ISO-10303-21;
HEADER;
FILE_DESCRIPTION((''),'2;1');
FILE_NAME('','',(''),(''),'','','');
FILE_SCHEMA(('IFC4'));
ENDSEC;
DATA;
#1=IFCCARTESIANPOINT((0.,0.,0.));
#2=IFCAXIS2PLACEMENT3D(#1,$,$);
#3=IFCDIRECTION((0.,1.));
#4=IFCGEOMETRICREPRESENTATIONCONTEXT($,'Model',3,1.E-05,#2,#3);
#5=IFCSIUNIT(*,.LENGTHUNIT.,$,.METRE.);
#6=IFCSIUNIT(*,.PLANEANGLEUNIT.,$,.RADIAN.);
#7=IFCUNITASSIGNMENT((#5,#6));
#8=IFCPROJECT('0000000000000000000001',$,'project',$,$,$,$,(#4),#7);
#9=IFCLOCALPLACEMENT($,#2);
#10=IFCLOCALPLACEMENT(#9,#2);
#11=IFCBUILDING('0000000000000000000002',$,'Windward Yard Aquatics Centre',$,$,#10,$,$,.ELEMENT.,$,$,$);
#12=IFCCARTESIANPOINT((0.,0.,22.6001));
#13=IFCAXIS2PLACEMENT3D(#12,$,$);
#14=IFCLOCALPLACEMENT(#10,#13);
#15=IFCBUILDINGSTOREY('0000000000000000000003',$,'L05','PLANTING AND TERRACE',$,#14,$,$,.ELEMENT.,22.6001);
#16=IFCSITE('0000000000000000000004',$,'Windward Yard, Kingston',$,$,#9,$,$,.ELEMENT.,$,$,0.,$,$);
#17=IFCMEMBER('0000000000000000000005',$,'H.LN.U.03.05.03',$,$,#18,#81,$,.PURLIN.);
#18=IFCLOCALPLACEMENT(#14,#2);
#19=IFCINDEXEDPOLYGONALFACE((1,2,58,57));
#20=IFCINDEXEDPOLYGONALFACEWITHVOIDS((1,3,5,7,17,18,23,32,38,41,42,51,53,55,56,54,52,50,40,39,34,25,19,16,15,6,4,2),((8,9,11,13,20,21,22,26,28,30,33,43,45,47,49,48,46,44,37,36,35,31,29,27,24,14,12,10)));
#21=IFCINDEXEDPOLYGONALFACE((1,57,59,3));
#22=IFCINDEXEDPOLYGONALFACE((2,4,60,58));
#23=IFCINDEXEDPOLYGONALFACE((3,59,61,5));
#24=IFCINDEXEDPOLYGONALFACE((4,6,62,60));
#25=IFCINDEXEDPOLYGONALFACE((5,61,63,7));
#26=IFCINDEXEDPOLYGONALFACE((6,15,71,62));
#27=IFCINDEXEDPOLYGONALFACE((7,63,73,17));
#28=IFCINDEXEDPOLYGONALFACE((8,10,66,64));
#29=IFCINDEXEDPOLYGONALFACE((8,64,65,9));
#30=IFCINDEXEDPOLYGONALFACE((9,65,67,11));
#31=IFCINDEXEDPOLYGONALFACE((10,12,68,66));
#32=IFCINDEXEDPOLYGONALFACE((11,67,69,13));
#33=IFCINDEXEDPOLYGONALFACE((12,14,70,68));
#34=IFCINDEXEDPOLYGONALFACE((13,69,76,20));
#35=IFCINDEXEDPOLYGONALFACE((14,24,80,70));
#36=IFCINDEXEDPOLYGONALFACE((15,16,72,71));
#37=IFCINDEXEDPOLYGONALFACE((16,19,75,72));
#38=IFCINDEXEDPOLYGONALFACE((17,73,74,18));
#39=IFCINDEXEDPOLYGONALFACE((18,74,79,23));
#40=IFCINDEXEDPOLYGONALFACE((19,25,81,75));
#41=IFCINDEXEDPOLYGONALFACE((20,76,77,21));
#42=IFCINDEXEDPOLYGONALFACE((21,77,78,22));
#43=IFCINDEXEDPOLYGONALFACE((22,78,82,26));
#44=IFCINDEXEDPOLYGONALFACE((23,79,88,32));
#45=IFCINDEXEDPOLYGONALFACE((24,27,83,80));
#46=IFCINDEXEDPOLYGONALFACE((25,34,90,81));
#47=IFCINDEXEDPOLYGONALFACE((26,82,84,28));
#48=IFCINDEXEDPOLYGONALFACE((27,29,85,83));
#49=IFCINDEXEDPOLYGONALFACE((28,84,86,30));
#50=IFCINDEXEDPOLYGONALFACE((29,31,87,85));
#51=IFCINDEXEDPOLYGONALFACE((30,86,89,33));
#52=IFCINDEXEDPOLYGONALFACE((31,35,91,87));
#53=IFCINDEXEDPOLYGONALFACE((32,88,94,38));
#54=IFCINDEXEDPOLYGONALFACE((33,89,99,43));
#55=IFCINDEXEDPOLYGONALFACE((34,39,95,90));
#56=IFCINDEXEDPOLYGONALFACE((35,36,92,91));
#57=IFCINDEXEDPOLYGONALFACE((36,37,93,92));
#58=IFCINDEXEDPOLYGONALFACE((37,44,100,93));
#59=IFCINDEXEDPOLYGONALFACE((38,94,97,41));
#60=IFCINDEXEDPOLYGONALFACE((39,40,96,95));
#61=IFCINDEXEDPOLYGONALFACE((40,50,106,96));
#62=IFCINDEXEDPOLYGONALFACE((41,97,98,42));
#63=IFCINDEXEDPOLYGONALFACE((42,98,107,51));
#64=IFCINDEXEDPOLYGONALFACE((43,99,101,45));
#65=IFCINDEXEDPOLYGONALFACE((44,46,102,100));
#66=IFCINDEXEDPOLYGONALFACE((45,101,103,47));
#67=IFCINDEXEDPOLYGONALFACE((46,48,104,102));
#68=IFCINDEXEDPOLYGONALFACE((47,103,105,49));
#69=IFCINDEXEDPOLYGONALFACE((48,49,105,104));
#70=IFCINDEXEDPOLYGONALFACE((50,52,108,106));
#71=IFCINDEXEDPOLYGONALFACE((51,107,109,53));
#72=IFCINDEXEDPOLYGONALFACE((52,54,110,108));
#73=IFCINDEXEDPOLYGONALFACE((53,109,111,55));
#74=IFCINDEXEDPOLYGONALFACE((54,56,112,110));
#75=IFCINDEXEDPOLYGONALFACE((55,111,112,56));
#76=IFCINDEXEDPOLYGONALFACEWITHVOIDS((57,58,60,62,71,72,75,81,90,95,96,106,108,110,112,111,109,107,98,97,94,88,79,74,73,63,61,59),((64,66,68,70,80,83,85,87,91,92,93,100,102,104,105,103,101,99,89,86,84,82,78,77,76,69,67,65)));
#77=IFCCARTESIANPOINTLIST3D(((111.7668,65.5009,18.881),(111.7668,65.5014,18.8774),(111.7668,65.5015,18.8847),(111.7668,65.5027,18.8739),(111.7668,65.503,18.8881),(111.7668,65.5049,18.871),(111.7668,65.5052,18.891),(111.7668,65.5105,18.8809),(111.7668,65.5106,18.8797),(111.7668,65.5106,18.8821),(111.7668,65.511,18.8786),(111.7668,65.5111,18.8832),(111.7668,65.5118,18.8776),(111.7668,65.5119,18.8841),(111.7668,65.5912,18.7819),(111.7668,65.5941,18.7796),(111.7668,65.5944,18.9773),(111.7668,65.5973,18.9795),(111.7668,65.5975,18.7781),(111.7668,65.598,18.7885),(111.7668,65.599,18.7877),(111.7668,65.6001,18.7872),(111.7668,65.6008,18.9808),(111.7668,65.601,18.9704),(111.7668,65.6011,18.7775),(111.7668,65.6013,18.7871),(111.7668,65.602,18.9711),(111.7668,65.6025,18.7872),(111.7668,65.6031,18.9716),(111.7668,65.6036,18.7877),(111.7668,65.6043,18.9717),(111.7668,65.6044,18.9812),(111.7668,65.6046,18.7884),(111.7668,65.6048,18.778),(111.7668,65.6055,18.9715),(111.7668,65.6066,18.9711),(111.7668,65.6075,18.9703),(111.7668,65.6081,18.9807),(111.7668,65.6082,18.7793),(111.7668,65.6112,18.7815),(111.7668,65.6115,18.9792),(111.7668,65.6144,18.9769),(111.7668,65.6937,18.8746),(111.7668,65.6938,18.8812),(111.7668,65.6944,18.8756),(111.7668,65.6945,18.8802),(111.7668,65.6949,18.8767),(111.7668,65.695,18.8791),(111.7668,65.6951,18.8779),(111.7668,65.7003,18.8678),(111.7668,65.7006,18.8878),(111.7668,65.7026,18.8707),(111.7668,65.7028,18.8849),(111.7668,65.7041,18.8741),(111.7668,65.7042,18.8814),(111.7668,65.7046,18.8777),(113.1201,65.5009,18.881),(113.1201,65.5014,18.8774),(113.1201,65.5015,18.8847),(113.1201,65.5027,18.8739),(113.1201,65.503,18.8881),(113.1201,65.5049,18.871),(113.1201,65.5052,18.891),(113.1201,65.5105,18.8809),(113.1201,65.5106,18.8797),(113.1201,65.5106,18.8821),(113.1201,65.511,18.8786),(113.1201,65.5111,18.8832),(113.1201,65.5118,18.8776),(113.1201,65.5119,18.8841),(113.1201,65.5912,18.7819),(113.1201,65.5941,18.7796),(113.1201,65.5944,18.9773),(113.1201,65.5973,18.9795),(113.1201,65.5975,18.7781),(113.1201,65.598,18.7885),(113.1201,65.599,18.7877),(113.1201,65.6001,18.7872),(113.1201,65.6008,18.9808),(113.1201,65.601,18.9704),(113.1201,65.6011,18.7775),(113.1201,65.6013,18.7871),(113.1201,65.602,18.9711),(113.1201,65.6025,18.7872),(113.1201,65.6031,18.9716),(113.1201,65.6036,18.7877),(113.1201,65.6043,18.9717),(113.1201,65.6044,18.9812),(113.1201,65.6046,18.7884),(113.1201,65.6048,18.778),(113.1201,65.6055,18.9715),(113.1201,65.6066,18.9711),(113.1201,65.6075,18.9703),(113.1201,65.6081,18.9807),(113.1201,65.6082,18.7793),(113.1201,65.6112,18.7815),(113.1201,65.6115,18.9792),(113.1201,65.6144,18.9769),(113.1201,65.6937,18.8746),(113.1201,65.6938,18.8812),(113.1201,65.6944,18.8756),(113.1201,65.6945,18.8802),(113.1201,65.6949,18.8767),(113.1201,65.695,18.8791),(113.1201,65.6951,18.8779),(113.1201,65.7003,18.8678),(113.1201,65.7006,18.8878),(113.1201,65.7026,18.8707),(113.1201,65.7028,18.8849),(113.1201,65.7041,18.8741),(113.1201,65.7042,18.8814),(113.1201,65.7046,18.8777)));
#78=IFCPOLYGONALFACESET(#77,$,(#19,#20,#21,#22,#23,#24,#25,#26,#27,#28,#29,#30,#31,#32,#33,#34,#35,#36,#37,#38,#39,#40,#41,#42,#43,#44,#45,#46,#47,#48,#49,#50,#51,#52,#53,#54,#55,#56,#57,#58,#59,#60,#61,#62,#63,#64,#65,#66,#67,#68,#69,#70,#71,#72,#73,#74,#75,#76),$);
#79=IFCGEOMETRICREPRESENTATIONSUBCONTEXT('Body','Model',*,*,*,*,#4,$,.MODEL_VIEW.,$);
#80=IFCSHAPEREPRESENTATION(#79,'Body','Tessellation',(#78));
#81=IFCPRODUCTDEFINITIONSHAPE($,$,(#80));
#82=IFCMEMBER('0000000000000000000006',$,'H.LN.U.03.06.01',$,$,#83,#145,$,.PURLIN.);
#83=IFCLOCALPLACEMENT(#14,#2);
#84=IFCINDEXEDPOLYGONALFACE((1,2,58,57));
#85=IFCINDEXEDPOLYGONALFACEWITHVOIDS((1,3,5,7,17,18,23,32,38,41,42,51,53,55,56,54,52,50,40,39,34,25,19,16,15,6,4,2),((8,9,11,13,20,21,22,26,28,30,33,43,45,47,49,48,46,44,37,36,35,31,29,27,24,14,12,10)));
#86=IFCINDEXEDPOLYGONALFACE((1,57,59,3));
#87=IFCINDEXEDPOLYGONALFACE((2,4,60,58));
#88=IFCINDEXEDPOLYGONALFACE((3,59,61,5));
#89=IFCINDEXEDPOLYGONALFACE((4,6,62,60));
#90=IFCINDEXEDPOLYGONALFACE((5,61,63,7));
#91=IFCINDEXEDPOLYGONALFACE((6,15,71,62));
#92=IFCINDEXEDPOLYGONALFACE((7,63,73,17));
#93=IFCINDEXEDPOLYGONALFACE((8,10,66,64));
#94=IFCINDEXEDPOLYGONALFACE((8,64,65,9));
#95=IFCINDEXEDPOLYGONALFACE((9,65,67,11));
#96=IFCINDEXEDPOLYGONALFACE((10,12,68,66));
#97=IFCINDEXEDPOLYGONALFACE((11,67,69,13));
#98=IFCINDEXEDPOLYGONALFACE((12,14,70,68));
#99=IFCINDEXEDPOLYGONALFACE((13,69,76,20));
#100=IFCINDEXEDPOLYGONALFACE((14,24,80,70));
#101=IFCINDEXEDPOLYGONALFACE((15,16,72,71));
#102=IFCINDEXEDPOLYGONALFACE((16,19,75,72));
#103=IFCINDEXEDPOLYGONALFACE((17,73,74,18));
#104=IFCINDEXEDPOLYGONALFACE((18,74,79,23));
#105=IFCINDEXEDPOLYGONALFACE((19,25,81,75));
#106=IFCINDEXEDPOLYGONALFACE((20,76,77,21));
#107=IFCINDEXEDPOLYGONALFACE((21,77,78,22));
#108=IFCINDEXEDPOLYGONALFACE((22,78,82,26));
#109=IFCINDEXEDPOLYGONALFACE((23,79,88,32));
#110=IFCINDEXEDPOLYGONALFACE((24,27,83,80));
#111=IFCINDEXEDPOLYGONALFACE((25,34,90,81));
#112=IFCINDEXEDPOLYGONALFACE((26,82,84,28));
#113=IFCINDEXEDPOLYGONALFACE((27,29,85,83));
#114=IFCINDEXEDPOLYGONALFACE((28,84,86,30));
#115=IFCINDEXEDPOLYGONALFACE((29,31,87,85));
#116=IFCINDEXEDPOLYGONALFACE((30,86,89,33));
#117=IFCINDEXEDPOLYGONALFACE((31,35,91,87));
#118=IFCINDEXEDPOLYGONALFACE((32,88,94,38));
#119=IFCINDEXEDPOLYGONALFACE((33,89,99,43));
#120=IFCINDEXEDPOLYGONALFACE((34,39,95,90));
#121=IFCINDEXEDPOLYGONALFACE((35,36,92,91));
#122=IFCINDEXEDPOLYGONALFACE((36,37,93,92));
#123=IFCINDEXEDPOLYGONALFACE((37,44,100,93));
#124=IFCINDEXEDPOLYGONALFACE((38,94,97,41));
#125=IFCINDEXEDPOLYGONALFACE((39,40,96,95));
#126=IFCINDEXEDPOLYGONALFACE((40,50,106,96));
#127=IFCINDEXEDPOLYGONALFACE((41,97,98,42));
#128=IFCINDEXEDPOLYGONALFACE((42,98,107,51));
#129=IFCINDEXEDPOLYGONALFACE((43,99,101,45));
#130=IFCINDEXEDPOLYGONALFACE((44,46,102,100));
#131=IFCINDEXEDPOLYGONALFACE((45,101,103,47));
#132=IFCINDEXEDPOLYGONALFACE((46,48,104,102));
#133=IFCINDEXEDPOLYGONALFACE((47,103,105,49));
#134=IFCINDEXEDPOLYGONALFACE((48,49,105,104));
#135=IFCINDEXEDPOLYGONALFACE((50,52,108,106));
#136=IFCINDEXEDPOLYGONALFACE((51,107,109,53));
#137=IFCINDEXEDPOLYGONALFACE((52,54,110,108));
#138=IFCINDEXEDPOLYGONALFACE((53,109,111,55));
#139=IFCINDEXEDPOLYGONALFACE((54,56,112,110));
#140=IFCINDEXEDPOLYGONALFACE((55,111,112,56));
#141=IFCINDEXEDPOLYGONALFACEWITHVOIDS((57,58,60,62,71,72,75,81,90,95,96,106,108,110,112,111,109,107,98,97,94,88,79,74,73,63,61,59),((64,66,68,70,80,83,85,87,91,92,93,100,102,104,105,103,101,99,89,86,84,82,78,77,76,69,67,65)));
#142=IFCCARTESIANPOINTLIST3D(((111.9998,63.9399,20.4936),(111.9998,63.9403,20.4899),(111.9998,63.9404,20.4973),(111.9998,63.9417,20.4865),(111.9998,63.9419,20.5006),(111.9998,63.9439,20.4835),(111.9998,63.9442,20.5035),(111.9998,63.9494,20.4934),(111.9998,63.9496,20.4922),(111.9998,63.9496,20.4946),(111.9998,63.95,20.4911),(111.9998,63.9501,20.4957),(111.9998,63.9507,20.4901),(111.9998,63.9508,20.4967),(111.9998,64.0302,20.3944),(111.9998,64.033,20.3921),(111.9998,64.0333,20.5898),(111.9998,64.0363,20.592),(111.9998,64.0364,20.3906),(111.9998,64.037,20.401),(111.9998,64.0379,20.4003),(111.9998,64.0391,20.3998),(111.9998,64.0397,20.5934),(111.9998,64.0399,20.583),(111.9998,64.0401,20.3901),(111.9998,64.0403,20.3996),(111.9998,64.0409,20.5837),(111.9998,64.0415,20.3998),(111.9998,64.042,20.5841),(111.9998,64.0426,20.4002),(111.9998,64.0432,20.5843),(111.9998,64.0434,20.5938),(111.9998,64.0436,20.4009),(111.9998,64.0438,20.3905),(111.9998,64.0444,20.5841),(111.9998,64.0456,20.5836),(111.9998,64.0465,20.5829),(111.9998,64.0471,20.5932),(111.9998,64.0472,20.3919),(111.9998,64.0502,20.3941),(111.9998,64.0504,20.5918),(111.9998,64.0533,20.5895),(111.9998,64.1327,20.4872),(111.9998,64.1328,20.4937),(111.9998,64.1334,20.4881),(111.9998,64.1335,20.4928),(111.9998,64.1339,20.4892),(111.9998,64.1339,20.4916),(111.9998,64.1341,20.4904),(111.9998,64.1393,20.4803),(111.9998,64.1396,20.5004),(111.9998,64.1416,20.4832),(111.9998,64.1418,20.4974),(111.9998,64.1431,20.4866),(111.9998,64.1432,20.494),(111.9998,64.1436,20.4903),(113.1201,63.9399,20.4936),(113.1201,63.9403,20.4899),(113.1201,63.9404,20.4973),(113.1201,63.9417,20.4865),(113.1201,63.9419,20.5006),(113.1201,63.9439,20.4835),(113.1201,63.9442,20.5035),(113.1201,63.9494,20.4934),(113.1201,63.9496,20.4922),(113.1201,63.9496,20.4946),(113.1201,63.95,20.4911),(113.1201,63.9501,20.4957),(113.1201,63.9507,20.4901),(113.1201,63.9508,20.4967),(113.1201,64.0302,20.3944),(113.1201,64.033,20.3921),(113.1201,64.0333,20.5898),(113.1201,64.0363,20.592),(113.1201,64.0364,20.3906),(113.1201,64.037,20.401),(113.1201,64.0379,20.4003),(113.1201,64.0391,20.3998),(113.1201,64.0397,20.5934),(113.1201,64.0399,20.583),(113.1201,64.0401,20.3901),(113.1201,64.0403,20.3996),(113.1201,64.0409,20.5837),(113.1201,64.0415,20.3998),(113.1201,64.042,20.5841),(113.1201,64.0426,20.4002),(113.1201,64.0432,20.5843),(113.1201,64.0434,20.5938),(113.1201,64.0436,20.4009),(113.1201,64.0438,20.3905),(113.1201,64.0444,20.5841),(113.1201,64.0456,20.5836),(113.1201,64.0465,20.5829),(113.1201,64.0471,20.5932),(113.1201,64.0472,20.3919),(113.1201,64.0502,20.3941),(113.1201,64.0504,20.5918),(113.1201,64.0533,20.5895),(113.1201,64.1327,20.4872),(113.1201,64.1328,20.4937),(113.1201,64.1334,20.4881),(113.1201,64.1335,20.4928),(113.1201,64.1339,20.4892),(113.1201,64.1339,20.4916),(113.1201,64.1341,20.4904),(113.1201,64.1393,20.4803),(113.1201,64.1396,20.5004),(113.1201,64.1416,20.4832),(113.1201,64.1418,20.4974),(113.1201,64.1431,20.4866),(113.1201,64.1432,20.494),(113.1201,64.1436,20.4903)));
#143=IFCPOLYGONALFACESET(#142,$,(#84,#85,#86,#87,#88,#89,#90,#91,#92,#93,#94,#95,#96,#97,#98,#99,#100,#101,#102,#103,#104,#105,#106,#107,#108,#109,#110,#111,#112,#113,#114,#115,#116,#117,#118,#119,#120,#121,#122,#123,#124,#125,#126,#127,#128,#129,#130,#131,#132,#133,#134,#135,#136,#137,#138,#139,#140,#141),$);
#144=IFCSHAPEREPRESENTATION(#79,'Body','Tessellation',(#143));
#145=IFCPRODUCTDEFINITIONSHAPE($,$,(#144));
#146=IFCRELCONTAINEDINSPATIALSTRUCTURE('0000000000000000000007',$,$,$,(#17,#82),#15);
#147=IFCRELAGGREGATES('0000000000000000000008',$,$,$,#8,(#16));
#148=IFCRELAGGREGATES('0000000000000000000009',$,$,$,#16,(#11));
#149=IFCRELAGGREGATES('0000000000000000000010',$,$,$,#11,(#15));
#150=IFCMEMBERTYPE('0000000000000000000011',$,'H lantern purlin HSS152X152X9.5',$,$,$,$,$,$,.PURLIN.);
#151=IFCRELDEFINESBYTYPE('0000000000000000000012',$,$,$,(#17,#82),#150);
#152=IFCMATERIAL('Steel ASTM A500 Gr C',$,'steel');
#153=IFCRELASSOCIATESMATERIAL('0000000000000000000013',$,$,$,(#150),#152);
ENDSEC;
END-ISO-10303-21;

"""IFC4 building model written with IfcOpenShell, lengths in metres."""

from ifc_helpers import new_model, si_unit, direction, frame, origin, origin_2d, place, context, subcontext, project, spatial, hollow_rectangle, extrude, material, material_profile, profile_set, type_object, element, save


model = new_model("IFC4")

# Units and contexts
model_context = context("Model", 3, precision=1e-05, world=origin(), true_north=direction((0.0, 1.0)))
body_context = subcontext(model_context, "Body", "Model", "MODEL_VIEW")
ifc_project = project(units=[si_unit("LENGTHUNIT", "METRE"), si_unit("PLANEANGLEUNIT", "RADIAN")], contexts=[model_context])

# Site, building, storey
site_placement = place(None, origin())
site = spatial("IfcSite", under=ifc_project, at=site_placement, Name="Windward Yard, Kingston", CompositionType="ELEMENT", RefElevation=0.0)
building_placement = place(site_placement, origin())
building = spatial("IfcBuilding", under=site, at=building_placement, Name="Windward Yard Aquatics Centre", CompositionType="ELEMENT")
storey_placement = place(building_placement, frame((0.0, 0.0, 22.6001)))
storey = spatial("IfcBuildingStorey", under=building, at=storey_placement, Name="L05", Description="PLANTING AND TERRACE", CompositionType="ELEMENT", Elevation=22.6001)

# Members
ifc_material_1 = material(Name="Steel ASTM A500 Gr C", Category="steel")
ifc_material_profile = material_profile(ifc_material_1, hollow_rectangle(XDim=0.1523, YDim=0.1523, WallThickness=0.0095, InnerFilletRadius=0.0046, OuterFilletRadius=0.0142, at=origin_2d()), Name="HSS152X152X9.5")
ifc_profile_set = profile_set([ifc_material_profile], Name="Steel ASTM A500 Gr C")
member_type = type_object("IfcMemberType", Name="H lantern purlin HSS152X152X9.5", PredefinedType="PURLIN", material=ifc_profile_set)
member_1_placement = place(storey_placement, frame((111.7668, 65.6028, 18.8794), z_axis=(1.0, 0.0, 0.0), x_axis=(0.0, 0.69555, -0.718477)))
element("IfcMember", 1, at=member_1_placement, inside=storey, type_object=member_type, Name="H.LN.U.03.05.03", PredefinedType="PURLIN", context=body_context, shape_type="SweptSolid", body=[
    extrude(hollow_rectangle(XDim=0.1523, YDim=0.1523, WallThickness=0.0095, InnerFilletRadius=0.0046, OuterFilletRadius=0.0142, at=origin_2d()), origin(), (0.0, 0.0, 1.0), 1.3533),
])
member_2_placement = place(storey_placement, frame((111.9998, 64.0417, 20.4919), z_axis=(1.0, 0.0, 0.0), x_axis=(0.0, 0.69555, -0.718477)))
element("IfcMember", 2, at=member_2_placement, inside=storey, type_object=member_type, Name="H.LN.U.03.06.01", PredefinedType="PURLIN", context=body_context, shape_type="SweptSolid", body=[
    extrude(hollow_rectangle(XDim=0.1523, YDim=0.1523, WallThickness=0.0095, InnerFilletRadius=0.0046, OuterFilletRadius=0.0142, at=origin_2d()), origin(), (0.0, 0.0, 1.0), 1.1204),
])

save(model, "model.ifc")
